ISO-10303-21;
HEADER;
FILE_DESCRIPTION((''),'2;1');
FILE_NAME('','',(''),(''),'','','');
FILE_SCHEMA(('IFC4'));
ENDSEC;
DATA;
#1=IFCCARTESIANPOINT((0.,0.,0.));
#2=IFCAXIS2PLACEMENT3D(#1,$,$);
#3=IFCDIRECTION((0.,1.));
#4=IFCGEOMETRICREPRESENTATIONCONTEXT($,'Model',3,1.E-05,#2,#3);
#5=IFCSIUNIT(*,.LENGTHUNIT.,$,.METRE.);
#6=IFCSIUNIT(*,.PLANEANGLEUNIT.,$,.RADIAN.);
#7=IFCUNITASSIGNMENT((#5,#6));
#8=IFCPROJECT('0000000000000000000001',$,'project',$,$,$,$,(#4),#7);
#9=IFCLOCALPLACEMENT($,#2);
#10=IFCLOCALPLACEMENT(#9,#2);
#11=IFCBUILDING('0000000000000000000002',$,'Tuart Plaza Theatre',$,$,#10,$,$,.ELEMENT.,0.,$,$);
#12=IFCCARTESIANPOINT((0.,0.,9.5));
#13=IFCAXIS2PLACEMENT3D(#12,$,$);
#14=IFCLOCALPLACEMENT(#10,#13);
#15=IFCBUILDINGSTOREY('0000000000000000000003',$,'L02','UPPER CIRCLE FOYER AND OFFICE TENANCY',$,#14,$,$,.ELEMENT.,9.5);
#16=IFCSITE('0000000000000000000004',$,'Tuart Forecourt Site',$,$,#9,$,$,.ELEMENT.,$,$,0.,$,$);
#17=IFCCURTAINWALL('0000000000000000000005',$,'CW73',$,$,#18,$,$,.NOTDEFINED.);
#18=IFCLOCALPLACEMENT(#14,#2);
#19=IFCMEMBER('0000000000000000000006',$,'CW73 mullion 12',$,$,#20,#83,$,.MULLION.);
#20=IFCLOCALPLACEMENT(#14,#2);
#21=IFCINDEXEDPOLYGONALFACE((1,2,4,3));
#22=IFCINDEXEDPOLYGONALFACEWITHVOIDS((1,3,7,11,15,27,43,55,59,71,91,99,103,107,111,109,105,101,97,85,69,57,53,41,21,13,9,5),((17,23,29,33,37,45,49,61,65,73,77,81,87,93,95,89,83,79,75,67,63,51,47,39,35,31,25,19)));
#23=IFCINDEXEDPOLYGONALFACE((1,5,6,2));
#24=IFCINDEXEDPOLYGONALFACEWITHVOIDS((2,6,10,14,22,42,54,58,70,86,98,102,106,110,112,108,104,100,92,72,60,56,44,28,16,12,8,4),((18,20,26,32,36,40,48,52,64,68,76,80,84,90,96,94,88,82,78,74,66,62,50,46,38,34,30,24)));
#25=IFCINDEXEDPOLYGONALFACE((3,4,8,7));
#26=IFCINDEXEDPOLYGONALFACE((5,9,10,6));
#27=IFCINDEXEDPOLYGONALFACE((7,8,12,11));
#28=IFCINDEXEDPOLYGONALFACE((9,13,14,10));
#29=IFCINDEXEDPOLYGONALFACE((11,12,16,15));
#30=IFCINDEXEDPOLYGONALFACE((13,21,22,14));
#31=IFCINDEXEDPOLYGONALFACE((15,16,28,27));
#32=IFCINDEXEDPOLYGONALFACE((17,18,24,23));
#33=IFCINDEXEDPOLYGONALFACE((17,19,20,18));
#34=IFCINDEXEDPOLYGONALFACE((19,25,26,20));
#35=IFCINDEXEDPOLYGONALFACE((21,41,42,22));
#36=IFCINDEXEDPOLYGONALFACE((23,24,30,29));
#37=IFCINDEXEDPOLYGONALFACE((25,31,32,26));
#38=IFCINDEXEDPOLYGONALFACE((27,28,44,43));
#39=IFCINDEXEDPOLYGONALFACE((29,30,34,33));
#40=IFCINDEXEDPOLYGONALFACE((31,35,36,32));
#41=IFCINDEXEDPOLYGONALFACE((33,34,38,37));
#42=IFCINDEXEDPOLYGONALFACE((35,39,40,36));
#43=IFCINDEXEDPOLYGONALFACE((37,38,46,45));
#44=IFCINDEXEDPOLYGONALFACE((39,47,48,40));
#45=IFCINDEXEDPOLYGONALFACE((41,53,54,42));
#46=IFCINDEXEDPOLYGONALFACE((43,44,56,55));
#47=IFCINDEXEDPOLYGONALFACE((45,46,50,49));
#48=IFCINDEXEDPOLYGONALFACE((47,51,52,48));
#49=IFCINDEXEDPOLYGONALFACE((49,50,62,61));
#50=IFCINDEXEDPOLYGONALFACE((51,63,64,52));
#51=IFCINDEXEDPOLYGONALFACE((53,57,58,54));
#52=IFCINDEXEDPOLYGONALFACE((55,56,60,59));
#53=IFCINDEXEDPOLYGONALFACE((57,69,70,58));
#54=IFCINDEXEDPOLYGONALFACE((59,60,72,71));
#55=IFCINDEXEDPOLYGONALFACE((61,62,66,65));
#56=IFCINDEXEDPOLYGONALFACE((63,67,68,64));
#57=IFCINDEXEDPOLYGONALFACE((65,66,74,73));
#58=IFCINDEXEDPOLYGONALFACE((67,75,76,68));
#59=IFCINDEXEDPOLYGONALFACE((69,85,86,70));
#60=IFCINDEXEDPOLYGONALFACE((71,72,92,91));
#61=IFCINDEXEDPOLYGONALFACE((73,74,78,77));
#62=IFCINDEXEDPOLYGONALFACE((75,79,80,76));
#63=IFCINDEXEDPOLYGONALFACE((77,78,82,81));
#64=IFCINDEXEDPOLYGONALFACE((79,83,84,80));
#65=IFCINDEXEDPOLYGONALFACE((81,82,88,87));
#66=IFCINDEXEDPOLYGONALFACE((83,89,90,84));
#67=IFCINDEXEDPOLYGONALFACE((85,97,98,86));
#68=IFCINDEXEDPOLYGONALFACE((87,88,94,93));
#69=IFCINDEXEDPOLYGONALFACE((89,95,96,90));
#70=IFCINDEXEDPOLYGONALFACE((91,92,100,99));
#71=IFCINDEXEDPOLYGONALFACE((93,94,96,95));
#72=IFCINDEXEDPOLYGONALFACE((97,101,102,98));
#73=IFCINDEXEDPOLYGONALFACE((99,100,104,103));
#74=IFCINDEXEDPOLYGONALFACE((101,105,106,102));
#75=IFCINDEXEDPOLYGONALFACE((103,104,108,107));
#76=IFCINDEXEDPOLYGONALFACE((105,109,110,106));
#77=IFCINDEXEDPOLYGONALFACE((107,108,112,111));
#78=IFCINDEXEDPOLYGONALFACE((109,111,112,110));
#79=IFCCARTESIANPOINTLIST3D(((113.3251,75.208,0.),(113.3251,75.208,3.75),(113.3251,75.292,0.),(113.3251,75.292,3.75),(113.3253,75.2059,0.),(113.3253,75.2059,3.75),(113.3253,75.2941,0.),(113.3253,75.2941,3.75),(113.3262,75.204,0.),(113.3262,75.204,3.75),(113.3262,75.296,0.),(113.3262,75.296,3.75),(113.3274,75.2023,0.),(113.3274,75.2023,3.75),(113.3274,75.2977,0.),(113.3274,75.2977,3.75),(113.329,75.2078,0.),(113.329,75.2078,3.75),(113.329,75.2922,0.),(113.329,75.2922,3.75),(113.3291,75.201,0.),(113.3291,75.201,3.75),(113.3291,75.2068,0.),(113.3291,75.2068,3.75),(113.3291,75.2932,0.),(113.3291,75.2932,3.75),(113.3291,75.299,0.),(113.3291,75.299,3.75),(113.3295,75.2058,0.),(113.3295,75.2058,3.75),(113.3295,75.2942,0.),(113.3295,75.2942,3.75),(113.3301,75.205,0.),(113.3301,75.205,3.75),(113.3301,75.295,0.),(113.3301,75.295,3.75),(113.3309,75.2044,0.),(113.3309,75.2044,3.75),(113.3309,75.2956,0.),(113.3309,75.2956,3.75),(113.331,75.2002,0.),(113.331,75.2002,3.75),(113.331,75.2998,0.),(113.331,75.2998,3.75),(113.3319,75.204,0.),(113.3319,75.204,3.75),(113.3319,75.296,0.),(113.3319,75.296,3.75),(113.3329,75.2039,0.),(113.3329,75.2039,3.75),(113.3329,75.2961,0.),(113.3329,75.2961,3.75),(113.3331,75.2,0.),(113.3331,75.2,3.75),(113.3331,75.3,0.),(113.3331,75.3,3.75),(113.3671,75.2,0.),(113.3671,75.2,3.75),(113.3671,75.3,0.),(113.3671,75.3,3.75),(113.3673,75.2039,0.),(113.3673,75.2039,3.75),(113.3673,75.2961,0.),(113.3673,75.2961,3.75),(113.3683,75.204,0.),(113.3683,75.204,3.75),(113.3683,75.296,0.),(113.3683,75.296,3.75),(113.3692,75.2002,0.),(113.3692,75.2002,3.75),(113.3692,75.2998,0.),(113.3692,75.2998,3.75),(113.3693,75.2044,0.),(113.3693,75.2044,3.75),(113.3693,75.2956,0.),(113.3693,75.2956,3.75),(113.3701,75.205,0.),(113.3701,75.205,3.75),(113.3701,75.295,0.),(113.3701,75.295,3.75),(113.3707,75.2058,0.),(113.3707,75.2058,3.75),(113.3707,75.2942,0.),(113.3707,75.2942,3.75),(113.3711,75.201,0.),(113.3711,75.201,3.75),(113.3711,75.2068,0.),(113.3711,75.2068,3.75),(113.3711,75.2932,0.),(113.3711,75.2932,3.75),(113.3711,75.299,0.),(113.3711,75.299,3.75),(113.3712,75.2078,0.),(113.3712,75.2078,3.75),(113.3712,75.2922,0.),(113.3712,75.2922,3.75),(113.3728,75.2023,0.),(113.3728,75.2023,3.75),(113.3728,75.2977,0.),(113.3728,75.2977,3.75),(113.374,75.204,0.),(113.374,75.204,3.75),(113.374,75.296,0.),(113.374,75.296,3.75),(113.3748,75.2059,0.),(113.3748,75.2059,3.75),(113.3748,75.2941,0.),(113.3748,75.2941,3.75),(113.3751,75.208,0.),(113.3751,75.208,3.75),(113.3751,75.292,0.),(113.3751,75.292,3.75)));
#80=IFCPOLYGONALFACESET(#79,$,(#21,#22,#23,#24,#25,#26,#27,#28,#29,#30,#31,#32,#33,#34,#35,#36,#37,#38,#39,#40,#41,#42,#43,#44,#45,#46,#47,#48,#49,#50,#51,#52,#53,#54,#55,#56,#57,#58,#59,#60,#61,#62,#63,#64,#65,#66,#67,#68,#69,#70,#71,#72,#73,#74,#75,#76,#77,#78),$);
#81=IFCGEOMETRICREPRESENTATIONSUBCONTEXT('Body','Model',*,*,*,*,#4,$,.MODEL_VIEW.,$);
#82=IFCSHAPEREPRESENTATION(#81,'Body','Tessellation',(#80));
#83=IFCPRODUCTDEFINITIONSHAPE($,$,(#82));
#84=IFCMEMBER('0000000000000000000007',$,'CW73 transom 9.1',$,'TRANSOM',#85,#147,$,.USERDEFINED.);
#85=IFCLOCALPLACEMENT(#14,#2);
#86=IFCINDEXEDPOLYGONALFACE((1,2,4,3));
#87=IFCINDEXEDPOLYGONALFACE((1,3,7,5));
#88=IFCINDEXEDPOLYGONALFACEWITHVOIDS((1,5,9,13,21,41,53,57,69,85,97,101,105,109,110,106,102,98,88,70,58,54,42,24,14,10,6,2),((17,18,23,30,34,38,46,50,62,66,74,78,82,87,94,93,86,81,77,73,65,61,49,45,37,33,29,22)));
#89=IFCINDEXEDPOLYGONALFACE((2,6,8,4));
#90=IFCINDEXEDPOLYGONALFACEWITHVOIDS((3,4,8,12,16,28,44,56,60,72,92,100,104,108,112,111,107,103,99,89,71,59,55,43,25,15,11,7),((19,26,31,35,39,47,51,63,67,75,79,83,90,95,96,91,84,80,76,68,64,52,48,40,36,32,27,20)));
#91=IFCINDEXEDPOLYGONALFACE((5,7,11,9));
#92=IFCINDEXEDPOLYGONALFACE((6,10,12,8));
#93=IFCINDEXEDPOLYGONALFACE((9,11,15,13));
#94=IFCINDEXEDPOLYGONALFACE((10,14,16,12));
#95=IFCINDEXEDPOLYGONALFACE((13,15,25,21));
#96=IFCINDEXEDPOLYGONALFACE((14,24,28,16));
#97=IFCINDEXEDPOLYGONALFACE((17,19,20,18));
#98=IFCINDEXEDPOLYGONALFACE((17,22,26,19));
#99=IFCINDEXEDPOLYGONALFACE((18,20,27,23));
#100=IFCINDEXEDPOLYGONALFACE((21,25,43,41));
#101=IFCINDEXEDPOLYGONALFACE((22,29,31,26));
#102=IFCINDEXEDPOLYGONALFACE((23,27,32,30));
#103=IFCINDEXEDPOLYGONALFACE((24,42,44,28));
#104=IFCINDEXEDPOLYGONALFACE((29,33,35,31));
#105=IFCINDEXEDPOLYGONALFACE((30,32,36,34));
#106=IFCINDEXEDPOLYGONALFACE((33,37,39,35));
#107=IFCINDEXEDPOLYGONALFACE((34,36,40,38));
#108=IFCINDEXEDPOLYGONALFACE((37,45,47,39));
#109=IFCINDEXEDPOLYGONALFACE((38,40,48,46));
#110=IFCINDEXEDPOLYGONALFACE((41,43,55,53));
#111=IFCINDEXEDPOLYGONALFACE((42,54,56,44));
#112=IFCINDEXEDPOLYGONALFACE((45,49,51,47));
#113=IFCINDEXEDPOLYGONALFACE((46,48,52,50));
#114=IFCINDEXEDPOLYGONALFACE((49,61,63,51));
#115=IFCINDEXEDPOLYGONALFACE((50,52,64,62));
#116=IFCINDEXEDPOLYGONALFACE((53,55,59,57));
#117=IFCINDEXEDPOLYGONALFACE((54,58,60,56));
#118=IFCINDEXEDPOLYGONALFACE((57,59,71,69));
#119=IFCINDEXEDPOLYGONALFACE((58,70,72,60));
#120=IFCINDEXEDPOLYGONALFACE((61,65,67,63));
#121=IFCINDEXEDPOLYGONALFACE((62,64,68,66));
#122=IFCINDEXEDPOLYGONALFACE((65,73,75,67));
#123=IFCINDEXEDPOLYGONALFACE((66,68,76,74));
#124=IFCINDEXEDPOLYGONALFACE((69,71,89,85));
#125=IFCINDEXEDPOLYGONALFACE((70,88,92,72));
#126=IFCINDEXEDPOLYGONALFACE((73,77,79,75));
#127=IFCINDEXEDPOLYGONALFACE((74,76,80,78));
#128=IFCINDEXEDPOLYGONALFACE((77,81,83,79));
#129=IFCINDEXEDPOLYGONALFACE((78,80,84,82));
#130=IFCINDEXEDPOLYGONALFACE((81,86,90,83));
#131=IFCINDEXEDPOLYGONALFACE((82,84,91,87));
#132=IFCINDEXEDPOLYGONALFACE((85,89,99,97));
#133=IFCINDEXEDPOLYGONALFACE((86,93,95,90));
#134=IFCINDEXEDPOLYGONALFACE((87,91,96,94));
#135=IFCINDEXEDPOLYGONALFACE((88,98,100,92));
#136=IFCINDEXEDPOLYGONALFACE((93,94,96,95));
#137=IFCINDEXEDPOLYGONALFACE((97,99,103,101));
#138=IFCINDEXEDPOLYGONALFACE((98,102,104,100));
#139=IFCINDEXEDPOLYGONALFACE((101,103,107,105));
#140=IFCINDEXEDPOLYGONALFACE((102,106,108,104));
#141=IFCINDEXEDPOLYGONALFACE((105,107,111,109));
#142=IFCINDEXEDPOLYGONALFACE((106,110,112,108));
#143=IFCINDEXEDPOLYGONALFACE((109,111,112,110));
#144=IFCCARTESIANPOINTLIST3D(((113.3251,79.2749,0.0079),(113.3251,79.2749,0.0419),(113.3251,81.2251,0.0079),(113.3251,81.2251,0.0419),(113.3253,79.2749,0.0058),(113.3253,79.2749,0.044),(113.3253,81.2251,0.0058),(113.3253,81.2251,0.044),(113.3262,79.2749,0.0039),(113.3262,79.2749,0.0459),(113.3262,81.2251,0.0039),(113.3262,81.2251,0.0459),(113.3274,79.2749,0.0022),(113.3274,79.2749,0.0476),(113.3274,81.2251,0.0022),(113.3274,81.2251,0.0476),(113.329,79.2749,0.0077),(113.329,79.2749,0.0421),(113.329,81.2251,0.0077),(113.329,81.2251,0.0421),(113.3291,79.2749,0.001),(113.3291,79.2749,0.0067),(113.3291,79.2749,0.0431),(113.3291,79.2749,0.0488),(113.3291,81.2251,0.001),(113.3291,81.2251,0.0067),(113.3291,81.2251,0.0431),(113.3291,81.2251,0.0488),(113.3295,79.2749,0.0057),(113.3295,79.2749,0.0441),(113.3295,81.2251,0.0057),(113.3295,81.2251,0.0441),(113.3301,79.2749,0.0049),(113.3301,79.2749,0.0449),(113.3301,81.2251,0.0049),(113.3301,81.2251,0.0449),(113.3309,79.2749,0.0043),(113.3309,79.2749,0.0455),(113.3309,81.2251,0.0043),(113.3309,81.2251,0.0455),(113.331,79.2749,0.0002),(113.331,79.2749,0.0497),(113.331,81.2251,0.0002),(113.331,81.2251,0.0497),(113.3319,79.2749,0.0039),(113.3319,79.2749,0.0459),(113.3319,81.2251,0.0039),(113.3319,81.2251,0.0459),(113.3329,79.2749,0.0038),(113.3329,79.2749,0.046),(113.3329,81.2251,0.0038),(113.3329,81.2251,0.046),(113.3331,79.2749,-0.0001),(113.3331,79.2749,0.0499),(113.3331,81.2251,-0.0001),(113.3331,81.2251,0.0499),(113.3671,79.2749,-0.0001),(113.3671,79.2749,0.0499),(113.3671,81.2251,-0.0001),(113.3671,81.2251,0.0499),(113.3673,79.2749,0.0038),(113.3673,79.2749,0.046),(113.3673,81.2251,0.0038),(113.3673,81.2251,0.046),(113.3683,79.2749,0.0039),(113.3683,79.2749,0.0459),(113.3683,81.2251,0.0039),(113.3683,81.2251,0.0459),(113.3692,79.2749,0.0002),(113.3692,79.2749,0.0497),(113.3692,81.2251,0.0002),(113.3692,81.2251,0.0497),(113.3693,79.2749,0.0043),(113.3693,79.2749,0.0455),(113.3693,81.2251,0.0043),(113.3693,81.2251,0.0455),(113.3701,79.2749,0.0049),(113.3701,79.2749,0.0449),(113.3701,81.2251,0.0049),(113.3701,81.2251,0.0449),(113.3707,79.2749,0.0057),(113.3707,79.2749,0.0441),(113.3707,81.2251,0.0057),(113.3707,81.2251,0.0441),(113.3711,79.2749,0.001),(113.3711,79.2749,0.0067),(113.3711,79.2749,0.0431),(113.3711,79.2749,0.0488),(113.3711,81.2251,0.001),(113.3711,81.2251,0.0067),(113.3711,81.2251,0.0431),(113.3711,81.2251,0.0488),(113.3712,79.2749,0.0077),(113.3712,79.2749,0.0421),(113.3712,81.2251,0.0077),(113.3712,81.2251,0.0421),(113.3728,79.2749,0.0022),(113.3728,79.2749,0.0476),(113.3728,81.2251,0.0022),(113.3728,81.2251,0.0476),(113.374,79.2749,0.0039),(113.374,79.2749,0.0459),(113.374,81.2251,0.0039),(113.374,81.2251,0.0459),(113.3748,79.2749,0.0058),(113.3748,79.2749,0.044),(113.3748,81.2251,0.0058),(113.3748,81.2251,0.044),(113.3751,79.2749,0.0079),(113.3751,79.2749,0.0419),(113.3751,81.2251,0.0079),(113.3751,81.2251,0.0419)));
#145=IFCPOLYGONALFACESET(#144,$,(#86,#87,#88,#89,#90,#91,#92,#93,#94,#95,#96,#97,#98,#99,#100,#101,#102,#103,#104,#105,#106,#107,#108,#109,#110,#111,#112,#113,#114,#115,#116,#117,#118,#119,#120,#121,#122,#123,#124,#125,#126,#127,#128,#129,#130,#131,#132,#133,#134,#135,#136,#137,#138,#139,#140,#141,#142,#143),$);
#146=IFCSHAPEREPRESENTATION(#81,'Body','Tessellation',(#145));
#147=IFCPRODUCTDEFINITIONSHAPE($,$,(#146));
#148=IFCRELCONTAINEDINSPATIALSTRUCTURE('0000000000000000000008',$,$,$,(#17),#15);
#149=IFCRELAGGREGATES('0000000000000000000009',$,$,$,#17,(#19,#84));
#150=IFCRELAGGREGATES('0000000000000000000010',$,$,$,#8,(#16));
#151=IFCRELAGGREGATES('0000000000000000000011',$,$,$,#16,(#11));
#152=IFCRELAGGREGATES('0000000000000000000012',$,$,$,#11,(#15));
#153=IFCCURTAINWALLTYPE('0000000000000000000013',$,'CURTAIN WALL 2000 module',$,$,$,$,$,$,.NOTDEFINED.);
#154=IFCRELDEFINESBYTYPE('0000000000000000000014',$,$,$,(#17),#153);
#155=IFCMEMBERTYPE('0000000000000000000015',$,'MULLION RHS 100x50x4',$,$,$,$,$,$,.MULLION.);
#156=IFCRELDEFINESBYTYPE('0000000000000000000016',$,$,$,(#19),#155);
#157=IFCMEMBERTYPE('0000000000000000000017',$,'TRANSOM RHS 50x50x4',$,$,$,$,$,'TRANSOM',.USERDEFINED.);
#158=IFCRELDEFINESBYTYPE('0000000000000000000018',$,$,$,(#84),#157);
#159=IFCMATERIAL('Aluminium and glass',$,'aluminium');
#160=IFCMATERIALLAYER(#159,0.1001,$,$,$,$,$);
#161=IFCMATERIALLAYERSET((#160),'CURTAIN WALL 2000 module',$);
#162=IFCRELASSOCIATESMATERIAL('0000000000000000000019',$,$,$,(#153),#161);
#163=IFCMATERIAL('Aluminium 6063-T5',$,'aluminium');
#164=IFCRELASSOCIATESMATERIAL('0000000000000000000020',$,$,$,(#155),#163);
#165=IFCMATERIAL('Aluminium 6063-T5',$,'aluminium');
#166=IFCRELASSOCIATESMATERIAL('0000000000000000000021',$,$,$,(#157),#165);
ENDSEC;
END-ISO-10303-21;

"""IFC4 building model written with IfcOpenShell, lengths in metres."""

from ifc_helpers import new_model, si_unit, direction, frame, origin, origin_2d, place, context, subcontext, project, spatial, hollow_rectangle, extrude, material, layer, layer_set, material_profile, profile_set, type_object, element, aggregate, save


model = new_model("IFC4")

# Units and contexts
model_context = context("Model", 3, precision=1e-05, world=origin(), true_north=direction((0.0, 1.0)))
body_context = subcontext(model_context, "Body", "Model", "MODEL_VIEW")
ifc_project = project(units=[si_unit("LENGTHUNIT", "METRE"), si_unit("PLANEANGLEUNIT", "RADIAN")], contexts=[model_context])

# Site, building, storey
site_placement = place(None, origin())
site = spatial("IfcSite", under=ifc_project, at=site_placement, Name="Tuart Forecourt Site", CompositionType="ELEMENT", RefElevation=0.0)
building_placement = place(site_placement, origin())
building = spatial("IfcBuilding", under=site, at=building_placement, Name="Tuart Plaza Theatre", CompositionType="ELEMENT", ElevationOfRefHeight=0.0)
storey_placement = place(building_placement, frame((0.0, 0.0, 9.5)))
storey = spatial("IfcBuildingStorey", under=building, at=storey_placement, Name="L02", Description="UPPER CIRCLE FOYER AND OFFICE TENANCY", CompositionType="ELEMENT", Elevation=9.5)

# Curtain wall, members
ifc_material_1 = material(Name="Aluminium and glass", Category="aluminium")
ifc_layer_1 = layer(ifc_material_1, 0.1001)
ifc_layer_set_1 = layer_set([ifc_layer_1], Name="CURTAIN WALL 2000 module")
curtain_wall_type = type_object("IfcCurtainWallType", Name="CURTAIN WALL 2000 module", PredefinedType="NOTDEFINED", material=ifc_layer_set_1)
curtain_wall_placement = place(storey_placement, origin())
curtain_wall = element("IfcCurtainWall", 1, at=curtain_wall_placement, inside=storey, type_object=curtain_wall_type, Name="CW73", PredefinedType="NOTDEFINED")
ifc_material_2 = material(Name="Aluminium 6063-T5", Category="aluminium")
ifc_material_profile_1 = material_profile(ifc_material_2, hollow_rectangle(XDim=0.05, YDim=0.1001, WallThickness=0.0039, InnerFilletRadius=0.0039, OuterFilletRadius=0.0081, at=origin_2d()), Name="RHS 100x50x4")
ifc_profile_set_1 = profile_set([ifc_material_profile_1], Name="Aluminium 6063-T5")
member_type_1 = type_object("IfcMemberType", Name="MULLION RHS 100x50x4", PredefinedType="MULLION", material=ifc_profile_set_1)
member_1_placement = place(storey_placement, frame((113.3501, 75.25, 0.0), z_axis=(0.0, 0.0, 1.0), x_axis=(1.0, 0.0, 0.0)))
member_1 = element("IfcMember", 2, at=member_1_placement, type_object=member_type_1, Name="CW73 mullion 12", PredefinedType="MULLION", context=body_context, shape_type="SweptSolid", body=[
    extrude(hollow_rectangle(XDim=0.05, YDim=0.1001, WallThickness=0.0039, InnerFilletRadius=0.0039, OuterFilletRadius=0.0081, at=origin_2d()), origin(), (0.0, 0.0, 1.0), 3.75),
])
ifc_material_3 = material(Name="Aluminium 6063-T5", Category="aluminium")
ifc_material_profile_2 = material_profile(ifc_material_3, hollow_rectangle(XDim=0.05, YDim=0.05, WallThickness=0.0039, InnerFilletRadius=0.0039, OuterFilletRadius=0.0081, at=origin_2d()), Name="RHS 50x50x4")
ifc_profile_set_2 = profile_set([ifc_material_profile_2], Name="Aluminium 6063-T5")
member_type_2 = type_object("IfcMemberType", Name="TRANSOM RHS 50x50x4", ElementType="TRANSOM", PredefinedType="USERDEFINED", material=ifc_profile_set_2)
member_2_placement = place(storey_placement, frame((113.3501, 81.2251, 0.0249), z_axis=(0.0, -1.0, 0.0), x_axis=(1.0, 0.0, 0.0)))
member_2 = element("IfcMember", 3, at=member_2_placement, type_object=member_type_2, Name="CW73 transom 9.1", ObjectType="TRANSOM", PredefinedType="USERDEFINED", context=body_context, shape_type="SweptSolid", body=[
    extrude(hollow_rectangle(XDim=0.05, YDim=0.05, WallThickness=0.0039, InnerFilletRadius=0.0039, OuterFilletRadius=0.0081, at=origin_2d()), origin(), (0.0, 0.0, 1.0), 1.9502),
])
aggregate(curtain_wall, [member_1, member_2])

save(model, "model.ifc")
